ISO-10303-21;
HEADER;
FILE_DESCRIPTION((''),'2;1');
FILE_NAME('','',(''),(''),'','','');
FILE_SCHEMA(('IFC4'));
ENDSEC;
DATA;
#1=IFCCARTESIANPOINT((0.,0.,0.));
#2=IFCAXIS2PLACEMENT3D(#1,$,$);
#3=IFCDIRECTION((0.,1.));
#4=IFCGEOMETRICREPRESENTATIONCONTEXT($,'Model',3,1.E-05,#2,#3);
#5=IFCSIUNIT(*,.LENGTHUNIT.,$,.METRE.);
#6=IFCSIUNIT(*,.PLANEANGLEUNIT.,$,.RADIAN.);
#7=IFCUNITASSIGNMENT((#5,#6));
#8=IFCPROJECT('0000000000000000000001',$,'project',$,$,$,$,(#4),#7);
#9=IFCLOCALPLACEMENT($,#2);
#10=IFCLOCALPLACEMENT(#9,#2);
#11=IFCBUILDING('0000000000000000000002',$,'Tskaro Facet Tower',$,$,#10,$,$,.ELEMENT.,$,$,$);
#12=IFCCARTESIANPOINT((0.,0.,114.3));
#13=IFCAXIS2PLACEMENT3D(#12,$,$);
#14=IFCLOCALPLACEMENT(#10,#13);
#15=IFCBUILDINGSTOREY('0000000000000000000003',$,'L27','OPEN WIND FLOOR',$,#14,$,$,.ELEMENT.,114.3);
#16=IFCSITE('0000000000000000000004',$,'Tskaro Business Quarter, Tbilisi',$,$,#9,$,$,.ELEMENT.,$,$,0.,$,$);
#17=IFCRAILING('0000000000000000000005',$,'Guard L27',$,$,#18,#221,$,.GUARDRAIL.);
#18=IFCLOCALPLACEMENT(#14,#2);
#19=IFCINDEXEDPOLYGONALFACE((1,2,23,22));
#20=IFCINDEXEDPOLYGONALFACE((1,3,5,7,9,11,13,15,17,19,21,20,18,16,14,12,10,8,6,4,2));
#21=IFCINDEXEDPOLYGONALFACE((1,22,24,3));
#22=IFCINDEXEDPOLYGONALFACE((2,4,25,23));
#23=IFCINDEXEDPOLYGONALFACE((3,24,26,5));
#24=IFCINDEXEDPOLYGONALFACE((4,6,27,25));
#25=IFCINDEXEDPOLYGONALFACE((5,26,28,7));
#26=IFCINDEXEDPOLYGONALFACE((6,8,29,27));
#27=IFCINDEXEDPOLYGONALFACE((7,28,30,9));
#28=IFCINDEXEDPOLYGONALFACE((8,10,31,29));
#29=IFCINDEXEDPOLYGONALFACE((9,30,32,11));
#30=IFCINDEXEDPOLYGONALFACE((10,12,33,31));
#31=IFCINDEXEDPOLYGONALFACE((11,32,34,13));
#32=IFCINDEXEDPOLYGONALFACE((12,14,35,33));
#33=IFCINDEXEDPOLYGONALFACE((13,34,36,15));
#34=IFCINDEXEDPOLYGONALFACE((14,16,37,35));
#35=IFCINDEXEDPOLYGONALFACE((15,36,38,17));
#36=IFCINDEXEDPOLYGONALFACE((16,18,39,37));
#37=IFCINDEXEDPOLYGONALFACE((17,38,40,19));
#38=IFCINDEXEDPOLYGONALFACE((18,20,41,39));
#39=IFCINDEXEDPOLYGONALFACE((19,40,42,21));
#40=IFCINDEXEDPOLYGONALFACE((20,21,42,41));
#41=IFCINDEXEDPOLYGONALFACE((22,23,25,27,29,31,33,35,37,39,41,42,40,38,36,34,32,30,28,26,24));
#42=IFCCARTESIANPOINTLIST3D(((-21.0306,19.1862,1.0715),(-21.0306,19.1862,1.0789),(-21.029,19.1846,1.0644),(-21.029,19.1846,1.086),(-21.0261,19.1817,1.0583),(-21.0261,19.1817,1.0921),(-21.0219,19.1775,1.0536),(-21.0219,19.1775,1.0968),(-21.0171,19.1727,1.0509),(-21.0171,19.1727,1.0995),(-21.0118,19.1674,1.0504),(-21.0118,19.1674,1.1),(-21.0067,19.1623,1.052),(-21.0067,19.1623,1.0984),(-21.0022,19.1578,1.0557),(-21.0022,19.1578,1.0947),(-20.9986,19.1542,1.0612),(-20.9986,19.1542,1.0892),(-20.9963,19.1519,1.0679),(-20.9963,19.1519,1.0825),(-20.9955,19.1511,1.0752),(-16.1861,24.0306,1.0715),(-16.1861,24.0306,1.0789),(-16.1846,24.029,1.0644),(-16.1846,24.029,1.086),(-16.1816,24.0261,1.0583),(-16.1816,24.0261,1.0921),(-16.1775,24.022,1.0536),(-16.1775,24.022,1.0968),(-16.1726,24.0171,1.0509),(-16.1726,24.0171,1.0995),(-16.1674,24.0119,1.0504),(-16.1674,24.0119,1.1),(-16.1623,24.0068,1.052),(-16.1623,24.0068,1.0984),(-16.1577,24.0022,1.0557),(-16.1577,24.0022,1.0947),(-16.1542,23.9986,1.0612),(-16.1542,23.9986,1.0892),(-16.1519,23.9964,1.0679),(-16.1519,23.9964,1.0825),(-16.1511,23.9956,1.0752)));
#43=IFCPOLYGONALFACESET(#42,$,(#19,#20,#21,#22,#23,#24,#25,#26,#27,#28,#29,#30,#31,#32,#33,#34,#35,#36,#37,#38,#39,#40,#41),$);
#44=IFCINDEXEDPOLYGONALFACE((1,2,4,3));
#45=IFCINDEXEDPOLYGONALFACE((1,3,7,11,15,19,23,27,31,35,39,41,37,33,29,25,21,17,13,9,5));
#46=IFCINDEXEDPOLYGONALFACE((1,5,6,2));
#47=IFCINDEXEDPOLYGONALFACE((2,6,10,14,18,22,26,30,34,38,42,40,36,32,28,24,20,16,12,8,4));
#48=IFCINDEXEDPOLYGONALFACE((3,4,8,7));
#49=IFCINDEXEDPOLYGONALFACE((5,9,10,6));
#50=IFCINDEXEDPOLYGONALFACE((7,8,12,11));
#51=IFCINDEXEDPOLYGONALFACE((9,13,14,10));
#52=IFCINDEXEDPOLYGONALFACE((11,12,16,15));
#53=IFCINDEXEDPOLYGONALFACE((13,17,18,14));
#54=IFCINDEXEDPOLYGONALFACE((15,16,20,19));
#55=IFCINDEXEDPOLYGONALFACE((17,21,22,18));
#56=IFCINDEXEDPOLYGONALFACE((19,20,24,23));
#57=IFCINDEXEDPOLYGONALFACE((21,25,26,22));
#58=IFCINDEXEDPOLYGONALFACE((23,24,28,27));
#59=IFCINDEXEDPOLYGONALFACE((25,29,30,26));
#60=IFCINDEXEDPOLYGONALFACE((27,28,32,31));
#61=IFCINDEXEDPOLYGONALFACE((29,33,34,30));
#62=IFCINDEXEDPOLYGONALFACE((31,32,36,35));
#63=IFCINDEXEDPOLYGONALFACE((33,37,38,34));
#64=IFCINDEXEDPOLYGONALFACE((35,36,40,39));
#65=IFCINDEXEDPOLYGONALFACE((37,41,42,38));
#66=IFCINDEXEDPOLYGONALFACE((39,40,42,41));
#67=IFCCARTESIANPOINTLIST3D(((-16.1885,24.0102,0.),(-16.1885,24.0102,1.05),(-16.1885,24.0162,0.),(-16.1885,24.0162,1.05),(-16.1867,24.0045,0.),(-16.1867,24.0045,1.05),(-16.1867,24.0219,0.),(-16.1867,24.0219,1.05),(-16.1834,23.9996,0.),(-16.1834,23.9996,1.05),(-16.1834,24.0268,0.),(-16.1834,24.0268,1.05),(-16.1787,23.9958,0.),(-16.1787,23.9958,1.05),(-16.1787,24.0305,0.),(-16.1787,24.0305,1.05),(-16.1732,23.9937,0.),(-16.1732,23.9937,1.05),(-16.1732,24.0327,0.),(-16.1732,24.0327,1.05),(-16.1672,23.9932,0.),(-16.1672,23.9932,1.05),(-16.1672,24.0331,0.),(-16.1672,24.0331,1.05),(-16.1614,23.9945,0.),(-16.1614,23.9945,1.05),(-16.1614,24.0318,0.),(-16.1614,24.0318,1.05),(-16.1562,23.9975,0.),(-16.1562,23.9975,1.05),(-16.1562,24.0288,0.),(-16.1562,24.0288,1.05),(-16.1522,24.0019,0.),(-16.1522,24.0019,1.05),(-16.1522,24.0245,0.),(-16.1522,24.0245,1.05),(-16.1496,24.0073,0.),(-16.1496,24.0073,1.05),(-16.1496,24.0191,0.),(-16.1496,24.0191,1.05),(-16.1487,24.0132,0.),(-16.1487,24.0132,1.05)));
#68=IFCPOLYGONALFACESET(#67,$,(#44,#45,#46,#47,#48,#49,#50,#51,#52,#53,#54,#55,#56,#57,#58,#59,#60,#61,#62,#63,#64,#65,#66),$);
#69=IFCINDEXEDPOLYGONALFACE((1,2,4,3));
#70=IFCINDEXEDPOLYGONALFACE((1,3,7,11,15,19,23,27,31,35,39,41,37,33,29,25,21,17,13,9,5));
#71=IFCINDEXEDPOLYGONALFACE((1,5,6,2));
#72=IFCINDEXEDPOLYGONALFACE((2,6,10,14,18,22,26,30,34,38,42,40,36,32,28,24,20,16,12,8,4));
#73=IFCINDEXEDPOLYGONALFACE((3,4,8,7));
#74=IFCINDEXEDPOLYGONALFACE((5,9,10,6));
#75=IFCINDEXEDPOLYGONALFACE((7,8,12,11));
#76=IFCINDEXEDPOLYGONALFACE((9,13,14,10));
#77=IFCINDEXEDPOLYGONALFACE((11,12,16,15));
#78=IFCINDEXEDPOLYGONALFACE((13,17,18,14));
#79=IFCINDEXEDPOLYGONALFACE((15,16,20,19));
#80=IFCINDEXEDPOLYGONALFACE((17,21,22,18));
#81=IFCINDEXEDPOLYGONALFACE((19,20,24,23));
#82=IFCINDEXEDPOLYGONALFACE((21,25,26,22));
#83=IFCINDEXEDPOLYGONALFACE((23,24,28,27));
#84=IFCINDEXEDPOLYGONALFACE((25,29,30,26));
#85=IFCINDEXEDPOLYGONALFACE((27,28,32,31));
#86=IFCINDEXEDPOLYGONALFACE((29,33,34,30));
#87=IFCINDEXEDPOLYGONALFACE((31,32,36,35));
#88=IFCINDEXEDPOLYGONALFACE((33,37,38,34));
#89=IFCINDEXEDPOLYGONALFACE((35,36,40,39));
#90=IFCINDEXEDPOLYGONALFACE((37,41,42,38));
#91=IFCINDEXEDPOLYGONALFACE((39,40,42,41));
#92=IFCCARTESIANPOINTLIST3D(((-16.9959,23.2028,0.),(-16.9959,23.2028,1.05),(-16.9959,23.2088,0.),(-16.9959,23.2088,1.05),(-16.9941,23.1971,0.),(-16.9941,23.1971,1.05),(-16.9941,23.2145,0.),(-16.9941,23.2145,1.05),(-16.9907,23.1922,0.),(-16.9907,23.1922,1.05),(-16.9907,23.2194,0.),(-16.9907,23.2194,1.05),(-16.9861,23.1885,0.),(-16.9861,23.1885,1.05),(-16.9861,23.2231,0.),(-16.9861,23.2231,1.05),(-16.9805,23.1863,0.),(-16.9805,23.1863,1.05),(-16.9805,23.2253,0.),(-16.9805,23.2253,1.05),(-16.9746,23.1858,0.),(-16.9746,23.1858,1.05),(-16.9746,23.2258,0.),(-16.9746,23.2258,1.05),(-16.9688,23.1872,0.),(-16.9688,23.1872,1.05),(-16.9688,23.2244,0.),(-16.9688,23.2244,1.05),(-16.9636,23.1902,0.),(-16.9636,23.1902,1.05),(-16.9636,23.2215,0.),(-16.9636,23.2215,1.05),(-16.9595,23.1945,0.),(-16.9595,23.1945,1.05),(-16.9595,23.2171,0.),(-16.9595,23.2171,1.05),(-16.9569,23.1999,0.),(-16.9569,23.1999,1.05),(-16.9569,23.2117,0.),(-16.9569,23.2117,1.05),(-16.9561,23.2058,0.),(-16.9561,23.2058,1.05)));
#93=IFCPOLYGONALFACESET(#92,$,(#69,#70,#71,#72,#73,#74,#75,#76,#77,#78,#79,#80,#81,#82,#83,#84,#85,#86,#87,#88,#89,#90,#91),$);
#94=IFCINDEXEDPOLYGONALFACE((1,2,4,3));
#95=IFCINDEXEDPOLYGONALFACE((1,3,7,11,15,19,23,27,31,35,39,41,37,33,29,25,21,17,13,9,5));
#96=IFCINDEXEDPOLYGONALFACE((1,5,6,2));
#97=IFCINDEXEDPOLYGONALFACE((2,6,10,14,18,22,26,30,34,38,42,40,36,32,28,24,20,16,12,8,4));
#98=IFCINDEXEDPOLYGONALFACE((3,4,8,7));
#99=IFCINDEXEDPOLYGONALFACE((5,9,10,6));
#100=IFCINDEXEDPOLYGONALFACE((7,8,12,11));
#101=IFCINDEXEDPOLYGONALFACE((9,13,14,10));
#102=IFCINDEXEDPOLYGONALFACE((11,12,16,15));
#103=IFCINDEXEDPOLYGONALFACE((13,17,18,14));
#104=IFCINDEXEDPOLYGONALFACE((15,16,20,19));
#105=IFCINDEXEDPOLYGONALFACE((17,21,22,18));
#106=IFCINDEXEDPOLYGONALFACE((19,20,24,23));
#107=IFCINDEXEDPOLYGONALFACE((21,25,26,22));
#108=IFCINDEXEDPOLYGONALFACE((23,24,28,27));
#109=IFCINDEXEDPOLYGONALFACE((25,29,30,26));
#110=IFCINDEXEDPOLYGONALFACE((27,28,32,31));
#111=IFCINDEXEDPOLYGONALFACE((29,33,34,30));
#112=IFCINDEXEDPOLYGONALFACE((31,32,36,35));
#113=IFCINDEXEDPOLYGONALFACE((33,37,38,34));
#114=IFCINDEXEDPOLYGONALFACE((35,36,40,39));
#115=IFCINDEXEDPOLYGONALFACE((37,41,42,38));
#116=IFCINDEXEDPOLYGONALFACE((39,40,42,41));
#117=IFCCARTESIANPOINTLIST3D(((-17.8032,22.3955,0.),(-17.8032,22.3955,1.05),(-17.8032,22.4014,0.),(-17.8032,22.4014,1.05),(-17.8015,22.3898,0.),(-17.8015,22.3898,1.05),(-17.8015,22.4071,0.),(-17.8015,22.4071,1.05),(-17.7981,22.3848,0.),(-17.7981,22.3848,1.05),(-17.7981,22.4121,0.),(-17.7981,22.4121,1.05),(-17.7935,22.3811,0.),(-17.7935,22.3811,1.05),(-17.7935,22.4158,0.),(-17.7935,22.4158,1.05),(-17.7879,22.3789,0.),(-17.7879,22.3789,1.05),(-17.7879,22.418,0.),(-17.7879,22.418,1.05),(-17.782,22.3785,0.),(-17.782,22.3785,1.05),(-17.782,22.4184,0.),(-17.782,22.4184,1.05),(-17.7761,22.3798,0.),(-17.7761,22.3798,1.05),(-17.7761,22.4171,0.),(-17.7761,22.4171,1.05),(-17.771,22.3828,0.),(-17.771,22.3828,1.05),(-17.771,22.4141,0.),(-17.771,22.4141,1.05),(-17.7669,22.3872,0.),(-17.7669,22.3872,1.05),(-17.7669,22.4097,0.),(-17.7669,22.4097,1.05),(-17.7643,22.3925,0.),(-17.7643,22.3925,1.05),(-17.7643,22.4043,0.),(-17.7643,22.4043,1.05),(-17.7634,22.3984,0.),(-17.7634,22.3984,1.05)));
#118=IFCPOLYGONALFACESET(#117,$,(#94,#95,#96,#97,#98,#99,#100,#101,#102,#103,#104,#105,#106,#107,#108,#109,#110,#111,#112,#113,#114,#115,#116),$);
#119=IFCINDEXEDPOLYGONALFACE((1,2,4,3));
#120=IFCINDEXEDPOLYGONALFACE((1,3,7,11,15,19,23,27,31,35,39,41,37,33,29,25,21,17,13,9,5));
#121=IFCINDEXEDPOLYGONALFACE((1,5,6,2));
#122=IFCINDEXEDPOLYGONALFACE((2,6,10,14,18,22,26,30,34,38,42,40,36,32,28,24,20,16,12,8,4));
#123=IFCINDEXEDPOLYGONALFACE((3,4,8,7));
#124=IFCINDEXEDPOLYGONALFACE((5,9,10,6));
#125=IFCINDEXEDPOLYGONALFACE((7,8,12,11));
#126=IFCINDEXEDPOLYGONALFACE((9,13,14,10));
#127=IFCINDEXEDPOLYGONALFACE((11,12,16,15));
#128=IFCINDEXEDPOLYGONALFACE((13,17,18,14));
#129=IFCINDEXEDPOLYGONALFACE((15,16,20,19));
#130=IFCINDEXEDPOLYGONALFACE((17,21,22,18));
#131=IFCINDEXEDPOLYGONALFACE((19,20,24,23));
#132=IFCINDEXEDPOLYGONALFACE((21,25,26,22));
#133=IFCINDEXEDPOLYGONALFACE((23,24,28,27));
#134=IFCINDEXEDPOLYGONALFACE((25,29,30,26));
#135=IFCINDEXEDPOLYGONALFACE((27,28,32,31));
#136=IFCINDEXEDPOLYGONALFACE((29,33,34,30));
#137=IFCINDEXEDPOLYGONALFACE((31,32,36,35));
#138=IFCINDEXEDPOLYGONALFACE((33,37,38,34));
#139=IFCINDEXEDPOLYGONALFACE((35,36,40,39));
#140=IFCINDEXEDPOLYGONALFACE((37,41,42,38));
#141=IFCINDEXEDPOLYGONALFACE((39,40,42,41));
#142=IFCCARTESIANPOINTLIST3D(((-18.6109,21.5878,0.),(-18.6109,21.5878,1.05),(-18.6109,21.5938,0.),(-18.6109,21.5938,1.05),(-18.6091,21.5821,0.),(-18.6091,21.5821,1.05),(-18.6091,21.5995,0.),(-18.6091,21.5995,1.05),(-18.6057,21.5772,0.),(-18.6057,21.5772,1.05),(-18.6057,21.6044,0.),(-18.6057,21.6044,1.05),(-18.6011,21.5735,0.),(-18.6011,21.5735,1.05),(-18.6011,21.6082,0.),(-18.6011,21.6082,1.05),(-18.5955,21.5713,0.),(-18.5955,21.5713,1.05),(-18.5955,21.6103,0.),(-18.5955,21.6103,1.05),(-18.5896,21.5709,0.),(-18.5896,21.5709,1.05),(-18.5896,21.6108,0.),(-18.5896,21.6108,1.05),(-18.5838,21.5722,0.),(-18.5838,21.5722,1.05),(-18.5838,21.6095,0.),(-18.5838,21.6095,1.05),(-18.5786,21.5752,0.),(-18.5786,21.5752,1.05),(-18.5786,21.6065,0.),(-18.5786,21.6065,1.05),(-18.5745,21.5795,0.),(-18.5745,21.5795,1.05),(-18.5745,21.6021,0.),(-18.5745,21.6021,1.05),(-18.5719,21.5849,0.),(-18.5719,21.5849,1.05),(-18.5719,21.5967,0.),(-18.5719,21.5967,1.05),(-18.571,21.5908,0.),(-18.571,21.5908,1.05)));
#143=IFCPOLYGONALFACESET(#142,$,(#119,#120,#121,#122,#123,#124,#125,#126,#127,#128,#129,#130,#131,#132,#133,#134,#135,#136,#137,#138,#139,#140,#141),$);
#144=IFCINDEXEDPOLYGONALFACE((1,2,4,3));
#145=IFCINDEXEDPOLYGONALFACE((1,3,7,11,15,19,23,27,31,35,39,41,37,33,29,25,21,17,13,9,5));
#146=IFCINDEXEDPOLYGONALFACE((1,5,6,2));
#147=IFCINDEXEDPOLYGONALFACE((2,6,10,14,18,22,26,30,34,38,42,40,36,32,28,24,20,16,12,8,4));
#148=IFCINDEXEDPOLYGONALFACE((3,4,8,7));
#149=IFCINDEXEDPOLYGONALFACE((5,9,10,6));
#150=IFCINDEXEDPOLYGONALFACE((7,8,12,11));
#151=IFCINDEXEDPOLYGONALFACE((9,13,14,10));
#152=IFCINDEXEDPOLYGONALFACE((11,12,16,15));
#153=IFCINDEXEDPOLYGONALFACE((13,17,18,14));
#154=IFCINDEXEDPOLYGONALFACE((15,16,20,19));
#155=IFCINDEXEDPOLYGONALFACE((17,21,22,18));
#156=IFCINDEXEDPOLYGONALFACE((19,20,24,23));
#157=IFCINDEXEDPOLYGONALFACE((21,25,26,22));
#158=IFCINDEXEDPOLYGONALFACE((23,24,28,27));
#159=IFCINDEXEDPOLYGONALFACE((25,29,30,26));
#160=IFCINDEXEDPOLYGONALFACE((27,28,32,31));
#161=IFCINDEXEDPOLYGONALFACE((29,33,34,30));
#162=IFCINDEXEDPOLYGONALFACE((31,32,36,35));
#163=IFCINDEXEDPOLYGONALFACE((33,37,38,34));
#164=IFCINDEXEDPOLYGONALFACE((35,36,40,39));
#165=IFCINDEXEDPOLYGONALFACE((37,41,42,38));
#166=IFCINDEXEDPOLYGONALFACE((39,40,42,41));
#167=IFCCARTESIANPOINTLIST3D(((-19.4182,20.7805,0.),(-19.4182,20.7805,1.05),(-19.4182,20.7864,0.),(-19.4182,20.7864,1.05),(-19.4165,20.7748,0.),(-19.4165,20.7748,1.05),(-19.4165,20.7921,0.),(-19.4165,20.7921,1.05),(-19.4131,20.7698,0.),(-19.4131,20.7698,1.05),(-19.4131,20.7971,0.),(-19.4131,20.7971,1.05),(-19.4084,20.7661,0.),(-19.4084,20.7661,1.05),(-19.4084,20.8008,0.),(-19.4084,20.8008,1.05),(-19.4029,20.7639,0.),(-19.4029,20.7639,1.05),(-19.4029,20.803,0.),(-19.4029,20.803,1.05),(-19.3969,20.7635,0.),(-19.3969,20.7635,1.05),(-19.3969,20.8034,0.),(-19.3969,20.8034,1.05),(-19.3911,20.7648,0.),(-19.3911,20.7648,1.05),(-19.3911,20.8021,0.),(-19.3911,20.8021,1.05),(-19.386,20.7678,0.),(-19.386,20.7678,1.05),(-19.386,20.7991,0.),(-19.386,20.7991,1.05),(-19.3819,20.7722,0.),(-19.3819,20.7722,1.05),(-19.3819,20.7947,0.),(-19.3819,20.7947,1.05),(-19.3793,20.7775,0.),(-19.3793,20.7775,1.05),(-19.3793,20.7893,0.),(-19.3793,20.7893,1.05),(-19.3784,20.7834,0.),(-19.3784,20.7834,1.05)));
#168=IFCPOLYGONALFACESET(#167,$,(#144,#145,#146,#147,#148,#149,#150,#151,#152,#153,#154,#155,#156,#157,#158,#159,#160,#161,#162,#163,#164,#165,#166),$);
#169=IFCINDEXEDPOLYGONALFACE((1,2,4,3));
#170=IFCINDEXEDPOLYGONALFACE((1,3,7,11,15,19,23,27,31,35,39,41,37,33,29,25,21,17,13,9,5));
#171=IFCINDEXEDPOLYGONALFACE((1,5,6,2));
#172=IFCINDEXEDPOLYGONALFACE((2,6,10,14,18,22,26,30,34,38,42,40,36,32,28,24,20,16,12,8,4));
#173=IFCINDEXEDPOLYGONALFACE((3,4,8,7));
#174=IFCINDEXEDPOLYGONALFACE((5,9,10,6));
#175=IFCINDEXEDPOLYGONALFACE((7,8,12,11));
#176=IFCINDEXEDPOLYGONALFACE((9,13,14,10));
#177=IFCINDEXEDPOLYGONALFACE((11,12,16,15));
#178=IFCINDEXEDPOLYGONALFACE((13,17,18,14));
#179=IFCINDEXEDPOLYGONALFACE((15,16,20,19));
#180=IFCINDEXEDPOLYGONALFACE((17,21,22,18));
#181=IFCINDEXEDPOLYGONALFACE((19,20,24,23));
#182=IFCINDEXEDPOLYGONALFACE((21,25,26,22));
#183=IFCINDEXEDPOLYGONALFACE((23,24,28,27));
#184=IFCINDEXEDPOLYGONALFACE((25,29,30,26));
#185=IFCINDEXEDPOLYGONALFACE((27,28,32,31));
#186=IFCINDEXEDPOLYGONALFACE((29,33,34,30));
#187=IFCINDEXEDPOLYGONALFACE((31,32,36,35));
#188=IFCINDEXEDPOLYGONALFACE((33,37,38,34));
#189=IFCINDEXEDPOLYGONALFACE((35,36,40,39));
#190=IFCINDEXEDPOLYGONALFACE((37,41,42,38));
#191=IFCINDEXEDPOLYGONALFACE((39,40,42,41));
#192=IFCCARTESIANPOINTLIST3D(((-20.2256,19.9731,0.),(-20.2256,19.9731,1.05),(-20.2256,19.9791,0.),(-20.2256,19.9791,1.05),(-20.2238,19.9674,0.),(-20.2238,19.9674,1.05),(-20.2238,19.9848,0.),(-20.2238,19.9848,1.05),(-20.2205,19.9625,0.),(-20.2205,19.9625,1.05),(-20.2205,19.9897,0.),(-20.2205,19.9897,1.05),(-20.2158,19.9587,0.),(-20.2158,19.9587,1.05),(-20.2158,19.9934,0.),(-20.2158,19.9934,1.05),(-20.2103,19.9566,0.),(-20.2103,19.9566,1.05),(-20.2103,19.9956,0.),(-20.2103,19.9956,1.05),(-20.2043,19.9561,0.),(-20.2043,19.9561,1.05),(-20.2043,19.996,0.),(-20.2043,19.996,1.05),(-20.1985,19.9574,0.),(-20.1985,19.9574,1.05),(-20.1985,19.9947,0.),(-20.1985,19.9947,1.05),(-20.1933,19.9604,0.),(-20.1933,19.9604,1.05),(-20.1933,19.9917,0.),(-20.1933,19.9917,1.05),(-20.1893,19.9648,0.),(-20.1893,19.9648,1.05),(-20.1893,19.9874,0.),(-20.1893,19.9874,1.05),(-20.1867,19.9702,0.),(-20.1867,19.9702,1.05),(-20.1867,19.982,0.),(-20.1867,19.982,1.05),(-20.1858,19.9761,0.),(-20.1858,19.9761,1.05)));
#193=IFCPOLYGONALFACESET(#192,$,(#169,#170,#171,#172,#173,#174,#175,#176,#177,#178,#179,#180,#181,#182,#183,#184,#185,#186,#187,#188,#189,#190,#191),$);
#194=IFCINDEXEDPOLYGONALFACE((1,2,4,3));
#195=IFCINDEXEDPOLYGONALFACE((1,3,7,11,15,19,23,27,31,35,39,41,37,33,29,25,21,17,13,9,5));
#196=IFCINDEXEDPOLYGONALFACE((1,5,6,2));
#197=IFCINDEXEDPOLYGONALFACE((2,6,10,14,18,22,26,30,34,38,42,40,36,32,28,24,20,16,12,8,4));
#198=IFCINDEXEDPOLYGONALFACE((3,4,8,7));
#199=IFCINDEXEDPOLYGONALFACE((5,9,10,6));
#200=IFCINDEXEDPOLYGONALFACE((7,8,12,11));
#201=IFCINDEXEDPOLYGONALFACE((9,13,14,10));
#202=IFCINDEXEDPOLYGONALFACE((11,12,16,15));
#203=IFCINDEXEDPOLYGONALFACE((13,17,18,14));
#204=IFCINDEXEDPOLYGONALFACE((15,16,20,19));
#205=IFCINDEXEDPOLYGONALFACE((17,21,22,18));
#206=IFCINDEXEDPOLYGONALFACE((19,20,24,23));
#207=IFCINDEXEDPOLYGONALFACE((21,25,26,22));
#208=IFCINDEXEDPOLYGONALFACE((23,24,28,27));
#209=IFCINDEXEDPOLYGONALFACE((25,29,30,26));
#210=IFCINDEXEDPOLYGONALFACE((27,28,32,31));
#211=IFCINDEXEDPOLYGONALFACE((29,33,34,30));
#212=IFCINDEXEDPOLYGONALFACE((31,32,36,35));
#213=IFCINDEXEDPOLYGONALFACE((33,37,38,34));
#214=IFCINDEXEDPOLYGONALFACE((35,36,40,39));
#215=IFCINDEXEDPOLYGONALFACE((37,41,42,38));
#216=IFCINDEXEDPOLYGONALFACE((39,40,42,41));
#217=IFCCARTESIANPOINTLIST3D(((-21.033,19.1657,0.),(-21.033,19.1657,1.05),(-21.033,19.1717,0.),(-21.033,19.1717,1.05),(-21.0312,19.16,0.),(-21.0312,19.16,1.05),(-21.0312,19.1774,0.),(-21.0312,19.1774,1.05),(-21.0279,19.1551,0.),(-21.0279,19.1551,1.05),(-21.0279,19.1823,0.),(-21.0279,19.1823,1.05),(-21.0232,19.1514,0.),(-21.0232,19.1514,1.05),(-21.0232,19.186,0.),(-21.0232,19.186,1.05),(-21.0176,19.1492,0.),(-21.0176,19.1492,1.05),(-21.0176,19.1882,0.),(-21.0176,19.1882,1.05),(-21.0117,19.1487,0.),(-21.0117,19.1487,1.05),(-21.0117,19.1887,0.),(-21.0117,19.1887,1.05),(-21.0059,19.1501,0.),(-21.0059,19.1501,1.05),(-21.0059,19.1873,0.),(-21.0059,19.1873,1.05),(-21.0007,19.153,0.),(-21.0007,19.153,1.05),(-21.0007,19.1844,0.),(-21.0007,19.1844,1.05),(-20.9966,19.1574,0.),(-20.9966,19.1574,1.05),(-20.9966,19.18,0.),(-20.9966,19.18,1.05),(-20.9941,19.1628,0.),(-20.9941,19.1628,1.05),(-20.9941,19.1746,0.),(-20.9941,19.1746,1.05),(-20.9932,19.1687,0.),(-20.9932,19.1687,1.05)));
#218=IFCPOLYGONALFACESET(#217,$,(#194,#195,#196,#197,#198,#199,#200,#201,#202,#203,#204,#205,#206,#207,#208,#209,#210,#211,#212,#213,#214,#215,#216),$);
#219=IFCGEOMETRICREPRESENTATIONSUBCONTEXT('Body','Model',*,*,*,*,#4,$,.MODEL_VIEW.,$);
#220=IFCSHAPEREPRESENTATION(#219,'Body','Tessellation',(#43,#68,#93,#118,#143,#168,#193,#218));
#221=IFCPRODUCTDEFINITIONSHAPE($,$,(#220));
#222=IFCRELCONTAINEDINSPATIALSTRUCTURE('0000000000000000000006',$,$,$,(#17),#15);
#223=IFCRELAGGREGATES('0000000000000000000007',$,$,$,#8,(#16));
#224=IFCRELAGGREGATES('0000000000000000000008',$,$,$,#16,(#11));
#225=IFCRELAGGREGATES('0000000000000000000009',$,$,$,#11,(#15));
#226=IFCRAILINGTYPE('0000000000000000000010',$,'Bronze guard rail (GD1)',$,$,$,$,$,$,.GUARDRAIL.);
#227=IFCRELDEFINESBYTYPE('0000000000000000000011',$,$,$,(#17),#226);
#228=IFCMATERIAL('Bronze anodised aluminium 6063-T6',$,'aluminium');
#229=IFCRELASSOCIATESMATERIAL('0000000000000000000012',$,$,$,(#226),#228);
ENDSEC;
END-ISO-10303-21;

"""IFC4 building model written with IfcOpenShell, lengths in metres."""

from ifc_helpers import new_model, si_unit, direction, frame, origin, origin_2d, place, context, subcontext, project, spatial, circle, extrude, material, type_object, element, save


model = new_model("IFC4")

# Units and contexts
model_context = context("Model", 3, precision=1e-05, world=origin(), true_north=direction((0.0, 1.0)))
body_context = subcontext(model_context, "Body", "Model", "MODEL_VIEW")
ifc_project = project(units=[si_unit("LENGTHUNIT", "METRE"), si_unit("PLANEANGLEUNIT", "RADIAN")], contexts=[model_context])

# Site, building, storey
site_placement = place(None, origin())
site = spatial("IfcSite", under=ifc_project, at=site_placement, Name="Tskaro Business Quarter, Tbilisi", CompositionType="ELEMENT", RefElevation=0.0)
building_placement = place(site_placement, origin())
building = spatial("IfcBuilding", under=site, at=building_placement, Name="Tskaro Facet Tower", CompositionType="ELEMENT")
storey_placement = place(building_placement, frame((0.0, 0.0, 114.3)))
storey = spatial("IfcBuildingStorey", under=building, at=storey_placement, Name="L27", Description="OPEN WIND FLOOR", CompositionType="ELEMENT", Elevation=114.3)

# Railing
ifc_material_1 = material(Name="Bronze anodised aluminium 6063-T6", Category="aluminium")
railing_type = type_object("IfcRailingType", Name="Bronze guard rail (GD1)", PredefinedType="GUARDRAIL", material=ifc_material_1)
railing_1_placement = place(storey_placement, frame((-16.1687, 24.0132, 0.0)))
element("IfcRailing", 1, at=railing_1_placement, inside=storey, type_object=railing_type, Name="Guard L27", PredefinedType="GUARDRAIL", context=body_context, shape_type="SweptSolid", body=[
    extrude(circle(Radius=0.0249, at=origin_2d()), frame((0.0, 0.0, 1.0752), z_axis=(-0.707107, -0.707107, 0.0), x_axis=(0.707107, -0.707107, 0.0)), (0.0, 0.0, 1.0), 6.8511),
    extrude(circle(Radius=0.02, at=origin_2d()), origin(), (0.0, 0.0, 1.0), 1.05),
    extrude(circle(Radius=0.02, at=origin_2d()), frame((-0.8074, -0.8074, 0.0)), (0.0, 0.0, 1.0), 1.05),
    extrude(circle(Radius=0.02, at=origin_2d()), frame((-1.6147, -1.6147, 0.0)), (0.0, 0.0, 1.0), 1.05),
    extrude(circle(Radius=0.02, at=origin_2d()), frame((-2.4224, -2.4224, 0.0)), (0.0, 0.0, 1.0), 1.05),
    extrude(circle(Radius=0.02, at=origin_2d()), frame((-3.2297, -3.2297, 0.0)), (0.0, 0.0, 1.0), 1.05),
    extrude(circle(Radius=0.02, at=origin_2d()), frame((-4.0371, -4.0371, 0.0)), (0.0, 0.0, 1.0), 1.05),
    extrude(circle(Radius=0.02, at=origin_2d()), frame((-4.8445, -4.8445, 0.0)), (0.0, 0.0, 1.0), 1.05),
])

save(model, "model.ifc")
